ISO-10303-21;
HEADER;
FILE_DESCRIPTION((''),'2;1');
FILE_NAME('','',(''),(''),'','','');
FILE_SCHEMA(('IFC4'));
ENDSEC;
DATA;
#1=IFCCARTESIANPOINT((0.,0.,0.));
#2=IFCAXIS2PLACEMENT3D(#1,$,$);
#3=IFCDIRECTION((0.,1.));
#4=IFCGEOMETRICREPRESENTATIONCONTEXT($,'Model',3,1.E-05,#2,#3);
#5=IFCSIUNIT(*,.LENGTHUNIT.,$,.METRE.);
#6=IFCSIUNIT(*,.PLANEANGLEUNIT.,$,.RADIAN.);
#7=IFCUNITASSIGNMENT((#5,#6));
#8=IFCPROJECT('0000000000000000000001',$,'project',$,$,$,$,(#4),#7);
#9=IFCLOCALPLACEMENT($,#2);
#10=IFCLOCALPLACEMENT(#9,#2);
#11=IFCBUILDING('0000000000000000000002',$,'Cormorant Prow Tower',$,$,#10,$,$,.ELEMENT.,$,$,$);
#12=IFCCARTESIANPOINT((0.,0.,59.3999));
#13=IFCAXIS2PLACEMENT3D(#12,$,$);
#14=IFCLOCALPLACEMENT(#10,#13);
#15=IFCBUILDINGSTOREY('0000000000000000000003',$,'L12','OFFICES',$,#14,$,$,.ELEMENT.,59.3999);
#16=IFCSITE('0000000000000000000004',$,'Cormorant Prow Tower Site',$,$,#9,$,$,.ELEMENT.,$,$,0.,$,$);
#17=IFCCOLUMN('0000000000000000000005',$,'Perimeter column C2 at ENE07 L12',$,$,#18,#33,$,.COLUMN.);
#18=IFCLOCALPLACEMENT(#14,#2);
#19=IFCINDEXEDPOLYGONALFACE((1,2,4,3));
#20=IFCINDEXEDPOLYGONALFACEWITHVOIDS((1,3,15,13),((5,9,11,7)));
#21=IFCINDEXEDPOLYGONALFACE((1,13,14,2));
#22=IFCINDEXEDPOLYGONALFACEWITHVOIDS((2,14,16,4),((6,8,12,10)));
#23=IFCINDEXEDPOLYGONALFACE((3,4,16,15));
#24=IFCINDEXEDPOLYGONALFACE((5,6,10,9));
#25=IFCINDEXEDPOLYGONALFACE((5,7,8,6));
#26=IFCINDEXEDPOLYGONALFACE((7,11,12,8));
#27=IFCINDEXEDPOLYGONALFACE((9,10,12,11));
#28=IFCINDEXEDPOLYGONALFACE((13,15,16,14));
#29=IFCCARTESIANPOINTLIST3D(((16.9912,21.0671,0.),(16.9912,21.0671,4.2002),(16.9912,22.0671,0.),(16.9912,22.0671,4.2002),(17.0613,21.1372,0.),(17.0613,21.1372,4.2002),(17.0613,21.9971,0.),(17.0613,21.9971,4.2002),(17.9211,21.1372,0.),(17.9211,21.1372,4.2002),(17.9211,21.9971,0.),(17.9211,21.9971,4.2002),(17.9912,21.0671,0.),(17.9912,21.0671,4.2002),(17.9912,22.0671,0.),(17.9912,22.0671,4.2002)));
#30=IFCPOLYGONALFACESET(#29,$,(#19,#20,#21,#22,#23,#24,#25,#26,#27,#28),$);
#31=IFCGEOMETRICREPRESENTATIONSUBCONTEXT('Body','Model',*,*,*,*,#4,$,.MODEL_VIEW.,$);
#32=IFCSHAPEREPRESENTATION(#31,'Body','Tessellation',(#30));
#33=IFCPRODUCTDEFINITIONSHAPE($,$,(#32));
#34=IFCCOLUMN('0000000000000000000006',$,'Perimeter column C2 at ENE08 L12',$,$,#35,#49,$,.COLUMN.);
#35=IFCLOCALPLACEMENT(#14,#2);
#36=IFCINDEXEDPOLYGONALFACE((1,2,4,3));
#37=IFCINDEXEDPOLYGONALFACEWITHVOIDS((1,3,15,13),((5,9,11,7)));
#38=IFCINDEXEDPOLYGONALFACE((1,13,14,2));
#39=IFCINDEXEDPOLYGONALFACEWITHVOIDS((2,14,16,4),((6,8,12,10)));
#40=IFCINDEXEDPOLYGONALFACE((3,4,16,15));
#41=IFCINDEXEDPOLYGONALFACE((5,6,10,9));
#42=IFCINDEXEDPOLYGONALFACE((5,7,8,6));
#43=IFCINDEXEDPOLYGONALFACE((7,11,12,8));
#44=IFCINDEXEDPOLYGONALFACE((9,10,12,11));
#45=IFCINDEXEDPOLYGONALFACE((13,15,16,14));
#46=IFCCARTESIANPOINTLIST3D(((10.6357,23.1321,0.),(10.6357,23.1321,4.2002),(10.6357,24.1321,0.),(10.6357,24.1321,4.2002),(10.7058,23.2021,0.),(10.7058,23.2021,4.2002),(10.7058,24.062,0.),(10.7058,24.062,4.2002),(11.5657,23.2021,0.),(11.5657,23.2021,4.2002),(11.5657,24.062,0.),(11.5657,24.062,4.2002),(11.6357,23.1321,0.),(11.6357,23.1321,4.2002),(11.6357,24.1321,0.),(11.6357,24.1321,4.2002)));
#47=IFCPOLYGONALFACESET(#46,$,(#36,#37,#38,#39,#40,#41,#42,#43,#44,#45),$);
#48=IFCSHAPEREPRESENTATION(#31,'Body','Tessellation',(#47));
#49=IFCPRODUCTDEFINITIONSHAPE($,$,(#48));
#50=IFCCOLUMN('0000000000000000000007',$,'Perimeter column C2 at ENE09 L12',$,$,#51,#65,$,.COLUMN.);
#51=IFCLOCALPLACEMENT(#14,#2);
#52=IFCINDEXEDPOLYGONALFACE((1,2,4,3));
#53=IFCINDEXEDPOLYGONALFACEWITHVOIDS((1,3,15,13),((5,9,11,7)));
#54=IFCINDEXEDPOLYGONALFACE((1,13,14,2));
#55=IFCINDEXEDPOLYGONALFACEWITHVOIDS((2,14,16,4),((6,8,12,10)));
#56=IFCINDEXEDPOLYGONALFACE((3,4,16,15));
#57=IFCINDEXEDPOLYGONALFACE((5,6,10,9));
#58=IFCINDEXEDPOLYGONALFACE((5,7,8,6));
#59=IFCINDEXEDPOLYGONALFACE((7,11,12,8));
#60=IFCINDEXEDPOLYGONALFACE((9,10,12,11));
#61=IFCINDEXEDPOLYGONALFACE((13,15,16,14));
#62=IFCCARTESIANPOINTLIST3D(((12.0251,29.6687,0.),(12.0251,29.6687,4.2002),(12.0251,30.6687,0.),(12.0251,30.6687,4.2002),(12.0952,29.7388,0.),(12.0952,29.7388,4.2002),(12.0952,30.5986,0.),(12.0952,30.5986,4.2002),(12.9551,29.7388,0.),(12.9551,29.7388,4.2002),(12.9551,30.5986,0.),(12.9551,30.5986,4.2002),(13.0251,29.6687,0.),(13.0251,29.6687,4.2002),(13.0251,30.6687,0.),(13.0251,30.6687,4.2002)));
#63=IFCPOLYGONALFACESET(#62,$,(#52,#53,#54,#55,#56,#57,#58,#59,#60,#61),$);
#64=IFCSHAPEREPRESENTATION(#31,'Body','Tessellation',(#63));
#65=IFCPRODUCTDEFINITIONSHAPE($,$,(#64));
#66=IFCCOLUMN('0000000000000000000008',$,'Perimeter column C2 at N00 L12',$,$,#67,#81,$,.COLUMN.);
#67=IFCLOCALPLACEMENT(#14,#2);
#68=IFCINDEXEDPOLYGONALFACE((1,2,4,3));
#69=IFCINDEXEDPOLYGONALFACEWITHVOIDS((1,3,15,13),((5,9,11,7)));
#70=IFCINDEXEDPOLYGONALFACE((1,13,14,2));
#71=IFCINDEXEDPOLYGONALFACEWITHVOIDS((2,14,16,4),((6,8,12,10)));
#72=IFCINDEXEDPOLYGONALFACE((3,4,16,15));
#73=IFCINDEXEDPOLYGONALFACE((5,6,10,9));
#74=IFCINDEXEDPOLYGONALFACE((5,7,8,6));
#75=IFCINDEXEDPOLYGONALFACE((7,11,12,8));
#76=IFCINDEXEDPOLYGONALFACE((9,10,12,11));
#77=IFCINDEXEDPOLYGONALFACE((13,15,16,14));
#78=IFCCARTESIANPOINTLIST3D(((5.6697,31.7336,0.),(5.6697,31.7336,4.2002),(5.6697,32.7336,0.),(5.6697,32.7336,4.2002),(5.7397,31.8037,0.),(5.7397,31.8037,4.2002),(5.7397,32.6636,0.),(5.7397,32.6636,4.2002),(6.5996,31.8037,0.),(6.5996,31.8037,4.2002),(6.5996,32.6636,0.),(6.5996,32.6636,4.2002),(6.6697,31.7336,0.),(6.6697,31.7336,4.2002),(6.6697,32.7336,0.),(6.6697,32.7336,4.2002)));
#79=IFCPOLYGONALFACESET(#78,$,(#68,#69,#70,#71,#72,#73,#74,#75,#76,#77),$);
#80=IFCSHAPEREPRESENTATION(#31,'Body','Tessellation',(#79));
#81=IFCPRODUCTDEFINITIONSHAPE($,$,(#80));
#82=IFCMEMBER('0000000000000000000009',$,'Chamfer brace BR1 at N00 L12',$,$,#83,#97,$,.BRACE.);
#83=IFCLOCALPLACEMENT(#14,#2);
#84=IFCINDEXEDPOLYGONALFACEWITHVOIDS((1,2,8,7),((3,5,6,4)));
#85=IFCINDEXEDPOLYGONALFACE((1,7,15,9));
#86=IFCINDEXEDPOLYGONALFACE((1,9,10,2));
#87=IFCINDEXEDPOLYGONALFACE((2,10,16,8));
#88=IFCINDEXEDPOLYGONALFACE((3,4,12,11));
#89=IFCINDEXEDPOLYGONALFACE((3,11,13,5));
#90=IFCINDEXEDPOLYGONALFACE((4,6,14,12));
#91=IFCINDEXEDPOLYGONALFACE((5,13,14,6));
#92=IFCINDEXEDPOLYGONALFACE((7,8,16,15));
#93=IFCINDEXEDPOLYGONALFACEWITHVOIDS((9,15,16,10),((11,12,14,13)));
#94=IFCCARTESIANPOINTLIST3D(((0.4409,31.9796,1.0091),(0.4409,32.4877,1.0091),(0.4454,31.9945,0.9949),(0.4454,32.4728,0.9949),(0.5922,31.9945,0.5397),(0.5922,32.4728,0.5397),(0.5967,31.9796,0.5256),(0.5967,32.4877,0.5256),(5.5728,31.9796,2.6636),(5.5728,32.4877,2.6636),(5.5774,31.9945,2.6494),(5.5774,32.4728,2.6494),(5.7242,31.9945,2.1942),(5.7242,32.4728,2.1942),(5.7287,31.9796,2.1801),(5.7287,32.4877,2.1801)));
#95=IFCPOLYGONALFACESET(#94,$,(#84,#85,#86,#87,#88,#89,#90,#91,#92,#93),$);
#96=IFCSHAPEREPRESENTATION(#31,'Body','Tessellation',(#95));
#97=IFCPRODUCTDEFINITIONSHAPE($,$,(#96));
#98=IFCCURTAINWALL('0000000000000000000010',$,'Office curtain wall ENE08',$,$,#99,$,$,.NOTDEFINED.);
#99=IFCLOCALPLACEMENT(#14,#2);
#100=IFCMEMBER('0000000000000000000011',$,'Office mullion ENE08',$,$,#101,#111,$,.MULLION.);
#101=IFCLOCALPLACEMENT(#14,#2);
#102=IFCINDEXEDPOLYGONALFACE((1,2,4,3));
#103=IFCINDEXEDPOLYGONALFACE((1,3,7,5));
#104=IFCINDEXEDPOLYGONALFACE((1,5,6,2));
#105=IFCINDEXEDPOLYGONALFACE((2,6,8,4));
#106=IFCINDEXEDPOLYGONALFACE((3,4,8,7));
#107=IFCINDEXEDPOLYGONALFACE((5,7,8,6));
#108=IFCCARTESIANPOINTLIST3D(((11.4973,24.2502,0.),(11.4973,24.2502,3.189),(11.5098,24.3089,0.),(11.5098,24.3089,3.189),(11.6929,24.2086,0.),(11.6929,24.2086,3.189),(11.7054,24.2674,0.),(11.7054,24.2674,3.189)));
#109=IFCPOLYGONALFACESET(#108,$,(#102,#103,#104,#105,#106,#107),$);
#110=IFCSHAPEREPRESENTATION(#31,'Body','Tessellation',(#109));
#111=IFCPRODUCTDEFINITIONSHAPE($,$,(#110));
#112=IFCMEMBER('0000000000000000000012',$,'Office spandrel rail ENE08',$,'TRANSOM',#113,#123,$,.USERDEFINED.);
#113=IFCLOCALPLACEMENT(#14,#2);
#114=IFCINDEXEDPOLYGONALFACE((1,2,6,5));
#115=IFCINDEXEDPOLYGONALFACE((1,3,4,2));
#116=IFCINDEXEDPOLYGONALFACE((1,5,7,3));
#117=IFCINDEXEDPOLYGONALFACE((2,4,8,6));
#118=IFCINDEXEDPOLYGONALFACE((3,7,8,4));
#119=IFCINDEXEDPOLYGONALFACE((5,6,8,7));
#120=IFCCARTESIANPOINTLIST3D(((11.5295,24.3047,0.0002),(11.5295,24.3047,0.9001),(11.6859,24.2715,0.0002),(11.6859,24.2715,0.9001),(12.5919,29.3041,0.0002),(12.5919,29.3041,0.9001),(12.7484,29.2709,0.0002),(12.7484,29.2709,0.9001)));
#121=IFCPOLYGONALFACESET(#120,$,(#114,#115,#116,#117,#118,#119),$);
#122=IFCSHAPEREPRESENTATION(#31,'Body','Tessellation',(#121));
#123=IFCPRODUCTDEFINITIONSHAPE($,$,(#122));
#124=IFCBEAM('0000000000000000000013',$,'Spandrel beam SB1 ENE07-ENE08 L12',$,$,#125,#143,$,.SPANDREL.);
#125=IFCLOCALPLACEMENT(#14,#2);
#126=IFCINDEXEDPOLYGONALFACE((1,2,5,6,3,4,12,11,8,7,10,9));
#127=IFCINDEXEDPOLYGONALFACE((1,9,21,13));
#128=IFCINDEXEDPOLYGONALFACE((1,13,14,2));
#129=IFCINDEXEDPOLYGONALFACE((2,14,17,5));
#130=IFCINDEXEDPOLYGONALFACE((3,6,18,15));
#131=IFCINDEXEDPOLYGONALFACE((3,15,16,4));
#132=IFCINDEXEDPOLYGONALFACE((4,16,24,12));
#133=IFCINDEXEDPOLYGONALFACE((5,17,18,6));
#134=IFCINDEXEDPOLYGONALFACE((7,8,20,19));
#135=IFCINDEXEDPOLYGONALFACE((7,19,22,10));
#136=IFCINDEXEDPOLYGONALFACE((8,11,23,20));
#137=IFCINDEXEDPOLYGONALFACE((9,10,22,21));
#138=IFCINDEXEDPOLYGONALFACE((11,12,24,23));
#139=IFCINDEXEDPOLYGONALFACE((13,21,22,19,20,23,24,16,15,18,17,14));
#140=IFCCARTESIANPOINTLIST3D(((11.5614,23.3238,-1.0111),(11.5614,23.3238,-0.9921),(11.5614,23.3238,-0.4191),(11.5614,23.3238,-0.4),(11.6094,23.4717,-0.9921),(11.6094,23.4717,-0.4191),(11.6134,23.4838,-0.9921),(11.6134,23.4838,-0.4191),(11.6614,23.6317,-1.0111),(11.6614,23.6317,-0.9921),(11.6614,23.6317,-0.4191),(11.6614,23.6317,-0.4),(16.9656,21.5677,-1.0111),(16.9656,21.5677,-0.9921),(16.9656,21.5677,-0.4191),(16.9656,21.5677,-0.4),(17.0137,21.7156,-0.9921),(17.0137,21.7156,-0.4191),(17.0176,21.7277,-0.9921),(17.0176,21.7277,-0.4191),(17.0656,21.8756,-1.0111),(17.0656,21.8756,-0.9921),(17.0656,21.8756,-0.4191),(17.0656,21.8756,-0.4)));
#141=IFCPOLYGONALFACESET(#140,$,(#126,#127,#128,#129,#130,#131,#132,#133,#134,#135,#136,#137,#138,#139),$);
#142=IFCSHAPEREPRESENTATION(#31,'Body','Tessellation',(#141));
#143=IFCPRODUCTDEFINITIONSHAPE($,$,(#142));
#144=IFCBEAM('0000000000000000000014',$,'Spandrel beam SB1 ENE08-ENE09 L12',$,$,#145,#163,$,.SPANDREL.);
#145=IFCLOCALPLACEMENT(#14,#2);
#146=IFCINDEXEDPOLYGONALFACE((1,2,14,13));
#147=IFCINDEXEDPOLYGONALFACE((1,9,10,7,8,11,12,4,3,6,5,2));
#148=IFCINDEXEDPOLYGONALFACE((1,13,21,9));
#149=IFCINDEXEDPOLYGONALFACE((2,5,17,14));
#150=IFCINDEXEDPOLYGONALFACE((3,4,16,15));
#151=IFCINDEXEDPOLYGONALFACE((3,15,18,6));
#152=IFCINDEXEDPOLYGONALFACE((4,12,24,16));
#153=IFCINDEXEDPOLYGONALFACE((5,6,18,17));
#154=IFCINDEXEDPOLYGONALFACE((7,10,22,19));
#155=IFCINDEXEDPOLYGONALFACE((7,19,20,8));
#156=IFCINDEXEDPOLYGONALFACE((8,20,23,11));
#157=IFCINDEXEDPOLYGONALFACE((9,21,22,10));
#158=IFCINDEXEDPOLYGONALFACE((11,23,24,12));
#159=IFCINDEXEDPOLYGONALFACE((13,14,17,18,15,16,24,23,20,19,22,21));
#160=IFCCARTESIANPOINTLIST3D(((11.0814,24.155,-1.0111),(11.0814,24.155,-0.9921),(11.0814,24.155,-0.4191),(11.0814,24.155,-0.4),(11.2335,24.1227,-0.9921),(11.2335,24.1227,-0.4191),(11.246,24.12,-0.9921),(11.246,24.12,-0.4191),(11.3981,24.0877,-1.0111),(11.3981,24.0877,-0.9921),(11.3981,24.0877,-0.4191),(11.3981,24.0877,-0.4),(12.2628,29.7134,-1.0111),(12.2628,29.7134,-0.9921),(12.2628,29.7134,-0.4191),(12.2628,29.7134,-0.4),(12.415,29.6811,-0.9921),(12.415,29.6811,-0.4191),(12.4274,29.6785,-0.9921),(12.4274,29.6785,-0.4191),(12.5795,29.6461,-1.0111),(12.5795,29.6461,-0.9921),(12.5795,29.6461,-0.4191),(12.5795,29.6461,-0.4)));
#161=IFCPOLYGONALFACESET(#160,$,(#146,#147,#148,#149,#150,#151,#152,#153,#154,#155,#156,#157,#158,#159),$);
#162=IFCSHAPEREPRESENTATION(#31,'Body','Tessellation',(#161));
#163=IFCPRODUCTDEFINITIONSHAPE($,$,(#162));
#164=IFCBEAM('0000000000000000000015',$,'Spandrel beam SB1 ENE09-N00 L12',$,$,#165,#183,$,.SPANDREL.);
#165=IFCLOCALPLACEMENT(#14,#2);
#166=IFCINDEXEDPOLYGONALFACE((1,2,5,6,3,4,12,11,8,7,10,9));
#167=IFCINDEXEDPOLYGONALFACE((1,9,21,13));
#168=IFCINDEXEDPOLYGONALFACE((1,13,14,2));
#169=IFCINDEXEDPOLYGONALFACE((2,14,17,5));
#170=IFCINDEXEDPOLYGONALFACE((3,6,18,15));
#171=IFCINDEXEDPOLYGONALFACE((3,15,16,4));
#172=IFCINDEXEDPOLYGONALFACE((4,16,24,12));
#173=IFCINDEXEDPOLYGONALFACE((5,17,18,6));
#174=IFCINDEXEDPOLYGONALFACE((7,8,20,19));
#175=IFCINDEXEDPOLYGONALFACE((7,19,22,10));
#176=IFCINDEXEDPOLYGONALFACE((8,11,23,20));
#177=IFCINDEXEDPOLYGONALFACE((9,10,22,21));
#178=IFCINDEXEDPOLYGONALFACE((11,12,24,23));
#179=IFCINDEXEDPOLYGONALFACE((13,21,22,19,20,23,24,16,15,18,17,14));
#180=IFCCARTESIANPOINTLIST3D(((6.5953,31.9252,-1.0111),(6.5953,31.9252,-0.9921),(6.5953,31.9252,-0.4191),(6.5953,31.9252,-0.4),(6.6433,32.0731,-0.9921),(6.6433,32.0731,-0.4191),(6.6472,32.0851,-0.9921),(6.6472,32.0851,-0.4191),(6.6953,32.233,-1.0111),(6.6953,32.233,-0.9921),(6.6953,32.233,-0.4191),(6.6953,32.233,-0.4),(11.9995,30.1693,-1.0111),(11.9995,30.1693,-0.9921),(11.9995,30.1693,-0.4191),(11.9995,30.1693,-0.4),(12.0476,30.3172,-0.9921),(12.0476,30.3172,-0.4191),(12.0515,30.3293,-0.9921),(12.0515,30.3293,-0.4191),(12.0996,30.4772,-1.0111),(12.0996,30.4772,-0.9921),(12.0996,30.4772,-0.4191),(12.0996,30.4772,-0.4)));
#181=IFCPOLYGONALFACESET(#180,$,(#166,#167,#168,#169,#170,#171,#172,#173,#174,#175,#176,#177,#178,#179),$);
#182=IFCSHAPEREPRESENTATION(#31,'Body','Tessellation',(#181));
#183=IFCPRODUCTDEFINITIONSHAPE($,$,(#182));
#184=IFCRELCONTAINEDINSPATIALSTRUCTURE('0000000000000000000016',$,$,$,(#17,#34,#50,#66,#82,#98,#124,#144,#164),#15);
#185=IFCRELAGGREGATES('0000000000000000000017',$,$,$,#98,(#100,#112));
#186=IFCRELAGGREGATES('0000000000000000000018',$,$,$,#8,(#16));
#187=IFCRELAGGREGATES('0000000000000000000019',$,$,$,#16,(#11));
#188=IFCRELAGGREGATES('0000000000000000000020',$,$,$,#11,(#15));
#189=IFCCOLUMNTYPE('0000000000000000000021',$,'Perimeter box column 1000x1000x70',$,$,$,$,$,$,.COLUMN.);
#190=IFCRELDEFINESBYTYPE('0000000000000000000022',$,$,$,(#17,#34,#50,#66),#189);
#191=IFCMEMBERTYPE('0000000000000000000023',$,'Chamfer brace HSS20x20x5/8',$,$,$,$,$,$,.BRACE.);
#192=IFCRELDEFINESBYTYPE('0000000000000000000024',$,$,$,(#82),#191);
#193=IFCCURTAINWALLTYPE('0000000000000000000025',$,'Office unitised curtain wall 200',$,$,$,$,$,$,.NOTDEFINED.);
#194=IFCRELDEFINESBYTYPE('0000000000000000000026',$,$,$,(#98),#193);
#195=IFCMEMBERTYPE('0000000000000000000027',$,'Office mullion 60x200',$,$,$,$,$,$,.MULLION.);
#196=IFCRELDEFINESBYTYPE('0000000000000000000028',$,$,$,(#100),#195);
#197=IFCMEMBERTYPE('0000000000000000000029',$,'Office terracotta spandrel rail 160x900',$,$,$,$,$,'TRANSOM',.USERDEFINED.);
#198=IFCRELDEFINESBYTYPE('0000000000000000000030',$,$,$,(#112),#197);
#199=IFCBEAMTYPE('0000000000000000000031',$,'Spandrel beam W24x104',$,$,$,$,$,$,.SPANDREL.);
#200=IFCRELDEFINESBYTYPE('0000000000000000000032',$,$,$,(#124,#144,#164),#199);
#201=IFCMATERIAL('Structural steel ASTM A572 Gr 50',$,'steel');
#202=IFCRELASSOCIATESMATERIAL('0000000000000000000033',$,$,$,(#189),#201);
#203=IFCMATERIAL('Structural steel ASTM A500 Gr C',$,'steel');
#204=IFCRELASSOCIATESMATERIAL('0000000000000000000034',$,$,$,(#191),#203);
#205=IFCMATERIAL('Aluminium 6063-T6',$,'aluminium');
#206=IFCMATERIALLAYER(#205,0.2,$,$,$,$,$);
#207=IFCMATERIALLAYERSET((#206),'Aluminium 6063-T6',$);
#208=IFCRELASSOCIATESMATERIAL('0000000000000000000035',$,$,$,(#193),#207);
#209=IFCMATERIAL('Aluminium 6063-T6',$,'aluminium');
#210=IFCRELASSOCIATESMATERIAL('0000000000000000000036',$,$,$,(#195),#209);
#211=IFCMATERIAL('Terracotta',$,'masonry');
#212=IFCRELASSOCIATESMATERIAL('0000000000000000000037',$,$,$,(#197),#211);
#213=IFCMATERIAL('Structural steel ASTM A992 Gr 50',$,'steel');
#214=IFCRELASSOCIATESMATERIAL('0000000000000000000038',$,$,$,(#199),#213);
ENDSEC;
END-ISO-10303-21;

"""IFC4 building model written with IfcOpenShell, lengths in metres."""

from ifc_helpers import new_model, si_unit, direction, frame, origin, origin_2d, place, context, subcontext, project, spatial, rectangle, hollow_rectangle, i_section, extrude, material, layer, layer_set, material_profile, profile_set, type_object, element, aggregate, save


model = new_model("IFC4")

# Units and contexts
model_context = context("Model", 3, precision=1e-05, world=origin(), true_north=direction((0.0, 1.0)))
body_context = subcontext(model_context, "Body", "Model", "MODEL_VIEW")
ifc_project = project(units=[si_unit("LENGTHUNIT", "METRE"), si_unit("PLANEANGLEUNIT", "RADIAN")], contexts=[model_context])

# Site, building, storey
site_placement = place(None, origin())
site = spatial("IfcSite", under=ifc_project, at=site_placement, Name="Cormorant Prow Tower Site", CompositionType="ELEMENT", RefElevation=0.0)
building_placement = place(site_placement, origin())
building = spatial("IfcBuilding", under=site, at=building_placement, Name="Cormorant Prow Tower", CompositionType="ELEMENT")
storey_placement = place(building_placement, frame((0.0, 0.0, 59.3999)))
storey = spatial("IfcBuildingStorey", under=building, at=storey_placement, Name="L12", Description="OFFICES", CompositionType="ELEMENT", Elevation=59.3999)

# Columns
ifc_material_1 = material(Name="Structural steel ASTM A572 Gr 50", Category="steel")
ifc_material_profile_1 = material_profile(ifc_material_1, hollow_rectangle(XDim=1.0, YDim=1.0, WallThickness=0.0701, at=origin_2d()), Name="Box 1000x1000x70")
ifc_profile_set_1 = profile_set([ifc_material_profile_1], Name="Structural steel ASTM A572 Gr 50")
column_type = type_object("IfcColumnType", Name="Perimeter box column 1000x1000x70", PredefinedType="COLUMN", material=ifc_profile_set_1)
for number, where, z_axis, x_axis, name in (
    (1, (17.4912, 21.5671, 0.0), (0.0, 0.0, 1.0), (1.0, 0.0, 0.0), "Perimeter column C2 at ENE07 L12"),
    (2, (11.1357, 23.6321, 0.0), (0.0, 0.0, 1.0), (1.0, 0.0, 0.0), "Perimeter column C2 at ENE08 L12"),
    (3, (12.5251, 30.1687, 0.0), (0.0, 0.0, 1.0), (1.0, 0.0, 0.0), "Perimeter column C2 at ENE09 L12"),
    (4, (6.1697, 32.2336, 0.0), (0.0, 0.0, 1.0), (1.0, 0.0, 0.0), "Perimeter column C2 at N00 L12"),
):
    element("IfcColumn", number, at=place(storey_placement, frame(where, z_axis=z_axis, x_axis=x_axis)), inside=storey, type_object=column_type, Name=name, PredefinedType="COLUMN", context=body_context, shape_type="SweptSolid", body=[
        extrude(hollow_rectangle(XDim=1.0, YDim=1.0, WallThickness=0.0701, at=origin_2d()), origin(), (0.0, 0.0, 1.0), 4.2002),
    ])

# Member
ifc_material_2 = material(Name="Structural steel ASTM A500 Gr C", Category="steel")
ifc_material_profile_2 = material_profile(ifc_material_2, hollow_rectangle(XDim=0.5081, YDim=0.5081, WallThickness=0.0149, at=origin_2d()), Name="HSS20x20x5/8")
ifc_profile_set_2 = profile_set([ifc_material_profile_2], Name="Structural steel ASTM A500 Gr C")
member_type_1 = type_object("IfcMemberType", Name="Chamfer brace HSS20x20x5/8", PredefinedType="BRACE", material=ifc_profile_set_2)
member_1_placement = place(storey_placement, frame((0.5188, 32.2336, 0.7673), z_axis=(0.951761, 0.0, 0.30684), x_axis=(0.0, 1.0, 0.0)))
element("IfcMember", 5, at=member_1_placement, inside=storey, type_object=member_type_1, Name="Chamfer brace BR1 at N00 L12", PredefinedType="BRACE", context=body_context, shape_type="SweptSolid", body=[
    extrude(hollow_rectangle(XDim=0.5081, YDim=0.5081, WallThickness=0.0149, at=origin_2d()), origin(), (0.0, 0.0, 1.0), 5.3921),
])

# Curtain wall, members
ifc_material_3 = material(Name="Aluminium 6063-T6", Category="aluminium")
ifc_layer_1 = layer(ifc_material_3, 0.2)
ifc_layer_set_1 = layer_set([ifc_layer_1], Name="Aluminium 6063-T6")
curtain_wall_type = type_object("IfcCurtainWallType", Name="Office unitised curtain wall 200", PredefinedType="NOTDEFINED", material=ifc_layer_set_1)
curtain_wall_1_placement = place(storey_placement, origin())
curtain_wall_1 = element("IfcCurtainWall", 6, at=curtain_wall_1_placement, inside=storey, type_object=curtain_wall_type, Name="Office curtain wall ENE08", PredefinedType="NOTDEFINED")
ifc_material_4 = material(Name="Aluminium 6063-T6", Category="aluminium")
ifc_material_profile_3 = material_profile(ifc_material_4, rectangle(XDim=0.2, YDim=0.0601, at=origin_2d()), Name="Office mullion 60x200")
ifc_profile_set_3 = profile_set([ifc_material_profile_3], Name="Aluminium 6063-T6")
member_type_2 = type_object("IfcMemberType", Name="Office mullion 60x200", PredefinedType="MULLION", material=ifc_profile_set_3)
member_2_placement = place(storey_placement, frame((11.6013, 24.2588, 0.0), z_axis=(0.0, 0.0, 1.0), x_axis=(-0.978148, 0.207912, 0.0)))
member_2 = element("IfcMember", 7, at=member_2_placement, type_object=member_type_2, Name="Office mullion ENE08", PredefinedType="MULLION", context=body_context, shape_type="SweptSolid", body=[
    extrude(rectangle(XDim=0.2, YDim=0.0601, at=origin_2d()), origin(), (0.0, 0.0, 1.0), 3.189),
])
ifc_material_5 = material(Name="Terracotta", Category="masonry")
ifc_material_profile_4 = material_profile(ifc_material_5, rectangle(XDim=0.1599, YDim=0.8999, at=origin_2d()), Name="Office terracotta spandrel rail 160x900")
ifc_profile_set_4 = profile_set([ifc_material_profile_4], Name="Terracotta")
member_type_3 = type_object("IfcMemberType", Name="Office terracotta spandrel rail 160x900", ElementType="TRANSOM", PredefinedType="USERDEFINED", material=ifc_profile_set_4)
member_3_placement = place(storey_placement, frame((11.6077, 24.2881, 0.4502), z_axis=(0.207878, 0.978155, 0.0), x_axis=(-0.978155, 0.207878, 0.0)))
member_3 = element("IfcMember", 8, at=member_3_placement, type_object=member_type_3, Name="Office spandrel rail ENE08", ObjectType="TRANSOM", PredefinedType="USERDEFINED", context=body_context, shape_type="SweptSolid", body=[
    extrude(rectangle(XDim=0.1599, YDim=0.8999, at=origin_2d()), origin(), (0.0, 0.0, 1.0), 5.1111),
])

# Beams
ifc_material_6 = material(Name="Structural steel ASTM A992 Gr 50", Category="steel")
ifc_material_profile_5 = material_profile(ifc_material_6, i_section(OverallWidth=0.3237, OverallDepth=0.6111, WebThickness=0.0127, FlangeThickness=0.019, at=origin_2d()), Name="W24x104")
ifc_profile_set_5 = profile_set([ifc_material_profile_5], Name="Structural steel ASTM A992 Gr 50")
beam_type = type_object("IfcBeamType", Name="Spandrel beam W24x104", PredefinedType="SPANDREL", material=ifc_profile_set_5)
beam_1_placement = place(storey_placement, frame((17.0156, 21.7217, -0.7056), z_axis=(-0.951049, 0.309039, 0.0), x_axis=(-0.309039, -0.951049, 0.0)))
element("IfcBeam", 9, at=beam_1_placement, inside=storey, type_object=beam_type, Name="Spandrel beam SB1 ENE07-ENE08 L12", PredefinedType="SPANDREL", context=body_context, shape_type="SweptSolid", body=[
    extrude(i_section(OverallWidth=0.3237, OverallDepth=0.6111, WebThickness=0.0127, FlangeThickness=0.019, at=origin_2d()), origin(), (0.0, 0.0, 1.0), 5.6824),
])
beam_2_placement = place(storey_placement, frame((11.2397, 24.1213, -0.7056), z_axis=(0.2079, 0.97815, 0.0), x_axis=(-0.97815, 0.2079, 0.0)))
element("IfcBeam", 10, at=beam_2_placement, inside=storey, type_object=beam_type, Name="Spandrel beam SB1 ENE08-ENE09 L12", PredefinedType="SPANDREL", context=body_context, shape_type="SweptSolid", body=[
    extrude(i_section(OverallWidth=0.3237, OverallDepth=0.6111, WebThickness=0.0127, FlangeThickness=0.019, at=origin_2d()), origin(), (0.0, 0.0, 1.0), 5.6826),
])
beam_3_placement = place(storey_placement, frame((12.0496, 30.3232, -0.7056), z_axis=(-0.951062, 0.309001, 0.0), x_axis=(-0.309001, -0.951062, 0.0)))
element("IfcBeam", 11, at=beam_3_placement, inside=storey, type_object=beam_type, Name="Spandrel beam SB1 ENE09-N00 L12", PredefinedType="SPANDREL", context=body_context, shape_type="SweptSolid", body=[
    extrude(i_section(OverallWidth=0.3237, OverallDepth=0.6111, WebThickness=0.0127, FlangeThickness=0.019, at=origin_2d()), origin(), (0.0, 0.0, 1.0), 5.6824),
])

aggregate(curtain_wall_1, [member_2, member_3])

save(model, "model.ifc")
